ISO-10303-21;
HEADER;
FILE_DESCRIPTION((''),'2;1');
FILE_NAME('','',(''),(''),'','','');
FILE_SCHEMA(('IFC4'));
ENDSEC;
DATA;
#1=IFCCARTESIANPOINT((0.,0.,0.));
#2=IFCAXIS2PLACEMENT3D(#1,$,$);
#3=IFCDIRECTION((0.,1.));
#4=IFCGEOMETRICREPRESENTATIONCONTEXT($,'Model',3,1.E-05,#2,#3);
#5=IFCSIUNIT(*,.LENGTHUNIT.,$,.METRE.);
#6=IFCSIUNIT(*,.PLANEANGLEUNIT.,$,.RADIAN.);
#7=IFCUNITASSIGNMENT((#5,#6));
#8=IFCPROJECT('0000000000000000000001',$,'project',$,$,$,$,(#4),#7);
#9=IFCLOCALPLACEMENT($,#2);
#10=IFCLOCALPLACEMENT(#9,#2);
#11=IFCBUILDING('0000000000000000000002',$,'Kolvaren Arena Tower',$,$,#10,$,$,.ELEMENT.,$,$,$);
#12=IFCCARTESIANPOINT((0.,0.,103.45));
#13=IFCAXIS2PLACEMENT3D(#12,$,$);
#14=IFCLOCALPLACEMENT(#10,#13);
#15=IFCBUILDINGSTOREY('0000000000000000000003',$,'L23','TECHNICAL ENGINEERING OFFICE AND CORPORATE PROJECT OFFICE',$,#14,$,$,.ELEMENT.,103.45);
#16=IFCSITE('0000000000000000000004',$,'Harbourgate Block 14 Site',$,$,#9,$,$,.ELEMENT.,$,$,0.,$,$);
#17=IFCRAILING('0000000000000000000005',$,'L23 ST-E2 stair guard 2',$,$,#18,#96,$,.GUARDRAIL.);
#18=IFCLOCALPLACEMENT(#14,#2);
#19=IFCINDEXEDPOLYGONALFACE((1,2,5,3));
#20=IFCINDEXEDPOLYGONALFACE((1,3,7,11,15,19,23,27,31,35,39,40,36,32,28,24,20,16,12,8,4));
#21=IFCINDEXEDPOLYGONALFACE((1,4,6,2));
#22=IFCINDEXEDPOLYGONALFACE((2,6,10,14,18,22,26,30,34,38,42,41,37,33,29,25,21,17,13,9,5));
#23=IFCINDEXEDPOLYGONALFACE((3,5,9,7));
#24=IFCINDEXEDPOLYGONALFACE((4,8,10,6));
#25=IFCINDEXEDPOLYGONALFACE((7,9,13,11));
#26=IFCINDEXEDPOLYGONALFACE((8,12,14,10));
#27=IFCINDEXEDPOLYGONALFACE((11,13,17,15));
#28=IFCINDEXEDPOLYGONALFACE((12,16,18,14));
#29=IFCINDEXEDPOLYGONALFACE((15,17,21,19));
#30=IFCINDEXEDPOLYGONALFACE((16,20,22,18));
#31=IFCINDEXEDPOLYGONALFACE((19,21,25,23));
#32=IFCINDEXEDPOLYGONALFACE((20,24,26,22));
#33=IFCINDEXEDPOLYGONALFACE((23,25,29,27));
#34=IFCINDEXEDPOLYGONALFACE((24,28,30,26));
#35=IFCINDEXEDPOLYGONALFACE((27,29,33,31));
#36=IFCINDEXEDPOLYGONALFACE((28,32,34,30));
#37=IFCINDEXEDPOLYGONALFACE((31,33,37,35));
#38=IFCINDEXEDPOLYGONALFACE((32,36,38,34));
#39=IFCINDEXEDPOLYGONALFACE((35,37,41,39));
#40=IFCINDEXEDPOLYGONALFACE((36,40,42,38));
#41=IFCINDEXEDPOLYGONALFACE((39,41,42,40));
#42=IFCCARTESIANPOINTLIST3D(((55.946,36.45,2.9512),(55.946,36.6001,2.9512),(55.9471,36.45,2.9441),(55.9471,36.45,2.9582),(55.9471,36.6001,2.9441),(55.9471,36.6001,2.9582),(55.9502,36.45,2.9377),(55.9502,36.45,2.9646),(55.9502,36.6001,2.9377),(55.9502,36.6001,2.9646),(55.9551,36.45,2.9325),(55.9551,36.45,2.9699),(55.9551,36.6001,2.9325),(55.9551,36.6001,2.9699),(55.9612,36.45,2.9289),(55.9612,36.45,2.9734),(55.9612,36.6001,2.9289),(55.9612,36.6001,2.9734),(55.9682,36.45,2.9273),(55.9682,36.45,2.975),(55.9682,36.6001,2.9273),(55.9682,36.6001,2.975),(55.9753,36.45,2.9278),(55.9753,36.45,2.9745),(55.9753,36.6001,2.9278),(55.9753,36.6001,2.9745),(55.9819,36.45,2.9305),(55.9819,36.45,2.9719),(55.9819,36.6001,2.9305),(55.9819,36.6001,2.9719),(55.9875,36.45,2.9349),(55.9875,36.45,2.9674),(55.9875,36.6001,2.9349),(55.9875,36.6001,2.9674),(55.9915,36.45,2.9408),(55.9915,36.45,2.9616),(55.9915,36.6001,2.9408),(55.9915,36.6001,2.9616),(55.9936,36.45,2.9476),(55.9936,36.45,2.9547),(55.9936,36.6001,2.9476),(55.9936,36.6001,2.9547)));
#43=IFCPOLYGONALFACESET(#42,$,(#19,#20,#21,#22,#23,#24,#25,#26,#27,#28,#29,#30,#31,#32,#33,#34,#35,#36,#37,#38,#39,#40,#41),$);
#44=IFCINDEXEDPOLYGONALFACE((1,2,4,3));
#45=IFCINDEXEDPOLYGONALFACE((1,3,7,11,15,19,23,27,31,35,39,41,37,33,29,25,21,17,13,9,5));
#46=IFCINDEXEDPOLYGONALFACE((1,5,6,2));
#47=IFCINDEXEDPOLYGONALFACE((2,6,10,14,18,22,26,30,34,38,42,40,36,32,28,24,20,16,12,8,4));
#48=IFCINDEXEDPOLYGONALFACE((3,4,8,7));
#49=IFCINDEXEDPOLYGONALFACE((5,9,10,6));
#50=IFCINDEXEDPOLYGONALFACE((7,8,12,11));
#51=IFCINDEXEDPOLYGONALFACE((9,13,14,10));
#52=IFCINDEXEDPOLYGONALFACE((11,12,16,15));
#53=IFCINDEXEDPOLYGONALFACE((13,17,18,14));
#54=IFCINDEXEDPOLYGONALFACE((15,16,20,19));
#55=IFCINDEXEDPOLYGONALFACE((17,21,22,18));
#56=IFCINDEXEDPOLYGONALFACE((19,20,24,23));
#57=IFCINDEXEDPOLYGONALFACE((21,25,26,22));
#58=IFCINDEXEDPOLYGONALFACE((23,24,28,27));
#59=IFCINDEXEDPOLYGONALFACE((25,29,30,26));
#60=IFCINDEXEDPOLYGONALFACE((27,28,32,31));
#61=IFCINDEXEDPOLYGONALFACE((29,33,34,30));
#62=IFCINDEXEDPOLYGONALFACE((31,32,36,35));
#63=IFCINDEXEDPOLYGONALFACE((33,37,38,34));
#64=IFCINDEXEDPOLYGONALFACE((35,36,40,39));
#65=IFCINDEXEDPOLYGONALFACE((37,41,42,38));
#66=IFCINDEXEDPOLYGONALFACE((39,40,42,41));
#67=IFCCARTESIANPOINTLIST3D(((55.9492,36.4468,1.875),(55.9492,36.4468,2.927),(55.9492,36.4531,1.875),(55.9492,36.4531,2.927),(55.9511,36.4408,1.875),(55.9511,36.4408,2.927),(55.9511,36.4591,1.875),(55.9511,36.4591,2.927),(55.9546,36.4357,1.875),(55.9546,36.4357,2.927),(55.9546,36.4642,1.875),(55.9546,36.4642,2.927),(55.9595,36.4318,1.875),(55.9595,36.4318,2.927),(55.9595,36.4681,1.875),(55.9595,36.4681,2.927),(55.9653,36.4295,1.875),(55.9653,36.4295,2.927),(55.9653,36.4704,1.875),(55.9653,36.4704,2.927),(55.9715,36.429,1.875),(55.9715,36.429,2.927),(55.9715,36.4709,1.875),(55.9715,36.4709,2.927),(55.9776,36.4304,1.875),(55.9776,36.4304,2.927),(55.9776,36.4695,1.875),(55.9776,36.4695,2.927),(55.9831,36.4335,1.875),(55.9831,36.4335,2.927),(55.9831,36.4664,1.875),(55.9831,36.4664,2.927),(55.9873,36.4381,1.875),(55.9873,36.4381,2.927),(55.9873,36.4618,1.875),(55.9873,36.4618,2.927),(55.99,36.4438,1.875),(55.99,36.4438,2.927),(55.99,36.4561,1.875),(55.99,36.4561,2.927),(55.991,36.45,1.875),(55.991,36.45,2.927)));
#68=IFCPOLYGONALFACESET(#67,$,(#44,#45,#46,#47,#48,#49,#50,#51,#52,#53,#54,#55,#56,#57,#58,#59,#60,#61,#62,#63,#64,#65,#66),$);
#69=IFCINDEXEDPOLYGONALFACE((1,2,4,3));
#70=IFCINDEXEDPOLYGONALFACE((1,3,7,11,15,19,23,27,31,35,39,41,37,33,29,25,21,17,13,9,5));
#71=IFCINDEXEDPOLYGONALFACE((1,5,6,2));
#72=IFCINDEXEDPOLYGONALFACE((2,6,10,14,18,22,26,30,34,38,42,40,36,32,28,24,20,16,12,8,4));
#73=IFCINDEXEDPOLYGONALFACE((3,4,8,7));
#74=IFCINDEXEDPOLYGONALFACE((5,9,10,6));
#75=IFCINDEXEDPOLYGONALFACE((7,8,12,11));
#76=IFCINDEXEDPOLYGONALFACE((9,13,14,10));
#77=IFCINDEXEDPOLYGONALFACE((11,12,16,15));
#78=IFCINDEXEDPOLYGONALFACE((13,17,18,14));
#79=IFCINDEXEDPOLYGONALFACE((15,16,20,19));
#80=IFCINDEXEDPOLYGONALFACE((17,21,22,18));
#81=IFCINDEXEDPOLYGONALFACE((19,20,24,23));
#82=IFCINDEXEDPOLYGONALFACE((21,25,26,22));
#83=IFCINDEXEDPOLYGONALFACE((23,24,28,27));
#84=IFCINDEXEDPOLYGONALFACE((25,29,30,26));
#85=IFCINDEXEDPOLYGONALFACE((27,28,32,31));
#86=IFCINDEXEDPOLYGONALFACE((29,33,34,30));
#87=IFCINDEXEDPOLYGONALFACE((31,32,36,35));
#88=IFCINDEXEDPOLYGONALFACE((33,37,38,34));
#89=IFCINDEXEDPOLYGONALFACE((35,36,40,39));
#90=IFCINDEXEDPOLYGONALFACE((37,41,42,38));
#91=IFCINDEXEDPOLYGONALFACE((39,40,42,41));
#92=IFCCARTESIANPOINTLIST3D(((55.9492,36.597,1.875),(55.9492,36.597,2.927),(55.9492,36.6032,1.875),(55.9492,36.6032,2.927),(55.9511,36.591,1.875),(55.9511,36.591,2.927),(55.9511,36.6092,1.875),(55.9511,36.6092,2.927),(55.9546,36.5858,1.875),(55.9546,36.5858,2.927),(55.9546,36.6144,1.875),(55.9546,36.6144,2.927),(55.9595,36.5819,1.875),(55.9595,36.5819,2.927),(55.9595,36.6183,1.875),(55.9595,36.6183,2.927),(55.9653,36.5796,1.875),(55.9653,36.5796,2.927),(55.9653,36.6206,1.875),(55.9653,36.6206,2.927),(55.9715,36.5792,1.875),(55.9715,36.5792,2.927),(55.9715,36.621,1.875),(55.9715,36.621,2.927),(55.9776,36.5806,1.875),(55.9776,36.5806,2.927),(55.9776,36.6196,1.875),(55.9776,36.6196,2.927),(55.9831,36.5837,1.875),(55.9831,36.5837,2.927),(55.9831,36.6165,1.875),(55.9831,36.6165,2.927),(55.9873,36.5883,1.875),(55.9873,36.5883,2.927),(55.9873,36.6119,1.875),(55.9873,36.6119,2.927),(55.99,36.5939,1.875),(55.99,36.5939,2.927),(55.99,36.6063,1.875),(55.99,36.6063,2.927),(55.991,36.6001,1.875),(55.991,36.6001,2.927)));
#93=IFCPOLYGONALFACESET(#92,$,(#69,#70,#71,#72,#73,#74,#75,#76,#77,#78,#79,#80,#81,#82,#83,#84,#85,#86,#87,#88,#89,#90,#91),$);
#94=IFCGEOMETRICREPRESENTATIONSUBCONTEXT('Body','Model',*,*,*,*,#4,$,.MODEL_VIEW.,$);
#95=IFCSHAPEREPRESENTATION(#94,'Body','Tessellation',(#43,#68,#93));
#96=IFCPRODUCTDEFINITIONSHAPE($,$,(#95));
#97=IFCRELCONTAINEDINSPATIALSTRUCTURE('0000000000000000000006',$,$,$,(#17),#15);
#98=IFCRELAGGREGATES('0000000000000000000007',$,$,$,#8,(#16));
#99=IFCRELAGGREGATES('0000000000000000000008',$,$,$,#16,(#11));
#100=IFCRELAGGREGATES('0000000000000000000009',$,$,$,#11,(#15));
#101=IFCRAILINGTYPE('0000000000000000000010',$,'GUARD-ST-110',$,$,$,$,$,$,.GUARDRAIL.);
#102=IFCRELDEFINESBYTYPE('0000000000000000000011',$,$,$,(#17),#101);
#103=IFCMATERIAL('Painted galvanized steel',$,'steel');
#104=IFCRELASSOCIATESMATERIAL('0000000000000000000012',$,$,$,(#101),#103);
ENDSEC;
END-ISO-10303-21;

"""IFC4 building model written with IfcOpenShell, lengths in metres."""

from ifc_helpers import new_model, si_unit, direction, frame, origin, origin_2d, place, context, subcontext, project, spatial, circle, extrude, material, type_object, element, save


model = new_model("IFC4")

# Units and contexts
model_context = context("Model", 3, precision=1e-05, world=origin(), true_north=direction((0.0, 1.0)))
body_context = subcontext(model_context, "Body", "Model", "MODEL_VIEW")
ifc_project = project(units=[si_unit("LENGTHUNIT", "METRE"), si_unit("PLANEANGLEUNIT", "RADIAN")], contexts=[model_context])

# Site, building, storey
site_placement = place(None, origin())
site = spatial("IfcSite", under=ifc_project, at=site_placement, Name="Harbourgate Block 14 Site", CompositionType="ELEMENT", RefElevation=0.0)
building_placement = place(site_placement, origin())
building = spatial("IfcBuilding", under=site, at=building_placement, Name="Kolvaren Arena Tower", CompositionType="ELEMENT")
storey_placement = place(building_placement, frame((0.0, 0.0, 103.45)))
storey = spatial("IfcBuildingStorey", under=building, at=storey_placement, Name="L23", Description="TECHNICAL ENGINEERING OFFICE AND CORPORATE PROJECT OFFICE", CompositionType="ELEMENT", Elevation=103.45)

# Railing
ifc_material_1 = material(Name="Painted galvanized steel", Category="steel")
railing_type_1 = type_object("IfcRailingType", Name="GUARD-ST-110", PredefinedType="GUARDRAIL", material=ifc_material_1)
railing_1_placement = place(storey_placement, frame((55.97, 36.45, 1.875)))
element("IfcRailing", 1, at=railing_1_placement, inside=storey, type_object=railing_type_1, Name="L23 ST-E2 stair guard 2", PredefinedType="GUARDRAIL", context=body_context, shape_type="SweptSolid", body=[
    extrude(circle(Radius=0.0239, at=origin_2d()), frame((0.0, 0.0, 1.0762), z_axis=(0.0, 1.0, 0.0), x_axis=(-1.0, 0.0, 0.0)), (0.0, 0.0, 1.0), 0.1501),
    extrude(circle(Radius=0.021, at=origin_2d()), origin(), (0.0, 0.0, 1.0), 1.052),
    extrude(circle(Radius=0.021, at=origin_2d()), frame((0.0, 0.1501, 0.0)), (0.0, 0.0, 1.0), 1.052),
])

save(model, "model.ifc")
